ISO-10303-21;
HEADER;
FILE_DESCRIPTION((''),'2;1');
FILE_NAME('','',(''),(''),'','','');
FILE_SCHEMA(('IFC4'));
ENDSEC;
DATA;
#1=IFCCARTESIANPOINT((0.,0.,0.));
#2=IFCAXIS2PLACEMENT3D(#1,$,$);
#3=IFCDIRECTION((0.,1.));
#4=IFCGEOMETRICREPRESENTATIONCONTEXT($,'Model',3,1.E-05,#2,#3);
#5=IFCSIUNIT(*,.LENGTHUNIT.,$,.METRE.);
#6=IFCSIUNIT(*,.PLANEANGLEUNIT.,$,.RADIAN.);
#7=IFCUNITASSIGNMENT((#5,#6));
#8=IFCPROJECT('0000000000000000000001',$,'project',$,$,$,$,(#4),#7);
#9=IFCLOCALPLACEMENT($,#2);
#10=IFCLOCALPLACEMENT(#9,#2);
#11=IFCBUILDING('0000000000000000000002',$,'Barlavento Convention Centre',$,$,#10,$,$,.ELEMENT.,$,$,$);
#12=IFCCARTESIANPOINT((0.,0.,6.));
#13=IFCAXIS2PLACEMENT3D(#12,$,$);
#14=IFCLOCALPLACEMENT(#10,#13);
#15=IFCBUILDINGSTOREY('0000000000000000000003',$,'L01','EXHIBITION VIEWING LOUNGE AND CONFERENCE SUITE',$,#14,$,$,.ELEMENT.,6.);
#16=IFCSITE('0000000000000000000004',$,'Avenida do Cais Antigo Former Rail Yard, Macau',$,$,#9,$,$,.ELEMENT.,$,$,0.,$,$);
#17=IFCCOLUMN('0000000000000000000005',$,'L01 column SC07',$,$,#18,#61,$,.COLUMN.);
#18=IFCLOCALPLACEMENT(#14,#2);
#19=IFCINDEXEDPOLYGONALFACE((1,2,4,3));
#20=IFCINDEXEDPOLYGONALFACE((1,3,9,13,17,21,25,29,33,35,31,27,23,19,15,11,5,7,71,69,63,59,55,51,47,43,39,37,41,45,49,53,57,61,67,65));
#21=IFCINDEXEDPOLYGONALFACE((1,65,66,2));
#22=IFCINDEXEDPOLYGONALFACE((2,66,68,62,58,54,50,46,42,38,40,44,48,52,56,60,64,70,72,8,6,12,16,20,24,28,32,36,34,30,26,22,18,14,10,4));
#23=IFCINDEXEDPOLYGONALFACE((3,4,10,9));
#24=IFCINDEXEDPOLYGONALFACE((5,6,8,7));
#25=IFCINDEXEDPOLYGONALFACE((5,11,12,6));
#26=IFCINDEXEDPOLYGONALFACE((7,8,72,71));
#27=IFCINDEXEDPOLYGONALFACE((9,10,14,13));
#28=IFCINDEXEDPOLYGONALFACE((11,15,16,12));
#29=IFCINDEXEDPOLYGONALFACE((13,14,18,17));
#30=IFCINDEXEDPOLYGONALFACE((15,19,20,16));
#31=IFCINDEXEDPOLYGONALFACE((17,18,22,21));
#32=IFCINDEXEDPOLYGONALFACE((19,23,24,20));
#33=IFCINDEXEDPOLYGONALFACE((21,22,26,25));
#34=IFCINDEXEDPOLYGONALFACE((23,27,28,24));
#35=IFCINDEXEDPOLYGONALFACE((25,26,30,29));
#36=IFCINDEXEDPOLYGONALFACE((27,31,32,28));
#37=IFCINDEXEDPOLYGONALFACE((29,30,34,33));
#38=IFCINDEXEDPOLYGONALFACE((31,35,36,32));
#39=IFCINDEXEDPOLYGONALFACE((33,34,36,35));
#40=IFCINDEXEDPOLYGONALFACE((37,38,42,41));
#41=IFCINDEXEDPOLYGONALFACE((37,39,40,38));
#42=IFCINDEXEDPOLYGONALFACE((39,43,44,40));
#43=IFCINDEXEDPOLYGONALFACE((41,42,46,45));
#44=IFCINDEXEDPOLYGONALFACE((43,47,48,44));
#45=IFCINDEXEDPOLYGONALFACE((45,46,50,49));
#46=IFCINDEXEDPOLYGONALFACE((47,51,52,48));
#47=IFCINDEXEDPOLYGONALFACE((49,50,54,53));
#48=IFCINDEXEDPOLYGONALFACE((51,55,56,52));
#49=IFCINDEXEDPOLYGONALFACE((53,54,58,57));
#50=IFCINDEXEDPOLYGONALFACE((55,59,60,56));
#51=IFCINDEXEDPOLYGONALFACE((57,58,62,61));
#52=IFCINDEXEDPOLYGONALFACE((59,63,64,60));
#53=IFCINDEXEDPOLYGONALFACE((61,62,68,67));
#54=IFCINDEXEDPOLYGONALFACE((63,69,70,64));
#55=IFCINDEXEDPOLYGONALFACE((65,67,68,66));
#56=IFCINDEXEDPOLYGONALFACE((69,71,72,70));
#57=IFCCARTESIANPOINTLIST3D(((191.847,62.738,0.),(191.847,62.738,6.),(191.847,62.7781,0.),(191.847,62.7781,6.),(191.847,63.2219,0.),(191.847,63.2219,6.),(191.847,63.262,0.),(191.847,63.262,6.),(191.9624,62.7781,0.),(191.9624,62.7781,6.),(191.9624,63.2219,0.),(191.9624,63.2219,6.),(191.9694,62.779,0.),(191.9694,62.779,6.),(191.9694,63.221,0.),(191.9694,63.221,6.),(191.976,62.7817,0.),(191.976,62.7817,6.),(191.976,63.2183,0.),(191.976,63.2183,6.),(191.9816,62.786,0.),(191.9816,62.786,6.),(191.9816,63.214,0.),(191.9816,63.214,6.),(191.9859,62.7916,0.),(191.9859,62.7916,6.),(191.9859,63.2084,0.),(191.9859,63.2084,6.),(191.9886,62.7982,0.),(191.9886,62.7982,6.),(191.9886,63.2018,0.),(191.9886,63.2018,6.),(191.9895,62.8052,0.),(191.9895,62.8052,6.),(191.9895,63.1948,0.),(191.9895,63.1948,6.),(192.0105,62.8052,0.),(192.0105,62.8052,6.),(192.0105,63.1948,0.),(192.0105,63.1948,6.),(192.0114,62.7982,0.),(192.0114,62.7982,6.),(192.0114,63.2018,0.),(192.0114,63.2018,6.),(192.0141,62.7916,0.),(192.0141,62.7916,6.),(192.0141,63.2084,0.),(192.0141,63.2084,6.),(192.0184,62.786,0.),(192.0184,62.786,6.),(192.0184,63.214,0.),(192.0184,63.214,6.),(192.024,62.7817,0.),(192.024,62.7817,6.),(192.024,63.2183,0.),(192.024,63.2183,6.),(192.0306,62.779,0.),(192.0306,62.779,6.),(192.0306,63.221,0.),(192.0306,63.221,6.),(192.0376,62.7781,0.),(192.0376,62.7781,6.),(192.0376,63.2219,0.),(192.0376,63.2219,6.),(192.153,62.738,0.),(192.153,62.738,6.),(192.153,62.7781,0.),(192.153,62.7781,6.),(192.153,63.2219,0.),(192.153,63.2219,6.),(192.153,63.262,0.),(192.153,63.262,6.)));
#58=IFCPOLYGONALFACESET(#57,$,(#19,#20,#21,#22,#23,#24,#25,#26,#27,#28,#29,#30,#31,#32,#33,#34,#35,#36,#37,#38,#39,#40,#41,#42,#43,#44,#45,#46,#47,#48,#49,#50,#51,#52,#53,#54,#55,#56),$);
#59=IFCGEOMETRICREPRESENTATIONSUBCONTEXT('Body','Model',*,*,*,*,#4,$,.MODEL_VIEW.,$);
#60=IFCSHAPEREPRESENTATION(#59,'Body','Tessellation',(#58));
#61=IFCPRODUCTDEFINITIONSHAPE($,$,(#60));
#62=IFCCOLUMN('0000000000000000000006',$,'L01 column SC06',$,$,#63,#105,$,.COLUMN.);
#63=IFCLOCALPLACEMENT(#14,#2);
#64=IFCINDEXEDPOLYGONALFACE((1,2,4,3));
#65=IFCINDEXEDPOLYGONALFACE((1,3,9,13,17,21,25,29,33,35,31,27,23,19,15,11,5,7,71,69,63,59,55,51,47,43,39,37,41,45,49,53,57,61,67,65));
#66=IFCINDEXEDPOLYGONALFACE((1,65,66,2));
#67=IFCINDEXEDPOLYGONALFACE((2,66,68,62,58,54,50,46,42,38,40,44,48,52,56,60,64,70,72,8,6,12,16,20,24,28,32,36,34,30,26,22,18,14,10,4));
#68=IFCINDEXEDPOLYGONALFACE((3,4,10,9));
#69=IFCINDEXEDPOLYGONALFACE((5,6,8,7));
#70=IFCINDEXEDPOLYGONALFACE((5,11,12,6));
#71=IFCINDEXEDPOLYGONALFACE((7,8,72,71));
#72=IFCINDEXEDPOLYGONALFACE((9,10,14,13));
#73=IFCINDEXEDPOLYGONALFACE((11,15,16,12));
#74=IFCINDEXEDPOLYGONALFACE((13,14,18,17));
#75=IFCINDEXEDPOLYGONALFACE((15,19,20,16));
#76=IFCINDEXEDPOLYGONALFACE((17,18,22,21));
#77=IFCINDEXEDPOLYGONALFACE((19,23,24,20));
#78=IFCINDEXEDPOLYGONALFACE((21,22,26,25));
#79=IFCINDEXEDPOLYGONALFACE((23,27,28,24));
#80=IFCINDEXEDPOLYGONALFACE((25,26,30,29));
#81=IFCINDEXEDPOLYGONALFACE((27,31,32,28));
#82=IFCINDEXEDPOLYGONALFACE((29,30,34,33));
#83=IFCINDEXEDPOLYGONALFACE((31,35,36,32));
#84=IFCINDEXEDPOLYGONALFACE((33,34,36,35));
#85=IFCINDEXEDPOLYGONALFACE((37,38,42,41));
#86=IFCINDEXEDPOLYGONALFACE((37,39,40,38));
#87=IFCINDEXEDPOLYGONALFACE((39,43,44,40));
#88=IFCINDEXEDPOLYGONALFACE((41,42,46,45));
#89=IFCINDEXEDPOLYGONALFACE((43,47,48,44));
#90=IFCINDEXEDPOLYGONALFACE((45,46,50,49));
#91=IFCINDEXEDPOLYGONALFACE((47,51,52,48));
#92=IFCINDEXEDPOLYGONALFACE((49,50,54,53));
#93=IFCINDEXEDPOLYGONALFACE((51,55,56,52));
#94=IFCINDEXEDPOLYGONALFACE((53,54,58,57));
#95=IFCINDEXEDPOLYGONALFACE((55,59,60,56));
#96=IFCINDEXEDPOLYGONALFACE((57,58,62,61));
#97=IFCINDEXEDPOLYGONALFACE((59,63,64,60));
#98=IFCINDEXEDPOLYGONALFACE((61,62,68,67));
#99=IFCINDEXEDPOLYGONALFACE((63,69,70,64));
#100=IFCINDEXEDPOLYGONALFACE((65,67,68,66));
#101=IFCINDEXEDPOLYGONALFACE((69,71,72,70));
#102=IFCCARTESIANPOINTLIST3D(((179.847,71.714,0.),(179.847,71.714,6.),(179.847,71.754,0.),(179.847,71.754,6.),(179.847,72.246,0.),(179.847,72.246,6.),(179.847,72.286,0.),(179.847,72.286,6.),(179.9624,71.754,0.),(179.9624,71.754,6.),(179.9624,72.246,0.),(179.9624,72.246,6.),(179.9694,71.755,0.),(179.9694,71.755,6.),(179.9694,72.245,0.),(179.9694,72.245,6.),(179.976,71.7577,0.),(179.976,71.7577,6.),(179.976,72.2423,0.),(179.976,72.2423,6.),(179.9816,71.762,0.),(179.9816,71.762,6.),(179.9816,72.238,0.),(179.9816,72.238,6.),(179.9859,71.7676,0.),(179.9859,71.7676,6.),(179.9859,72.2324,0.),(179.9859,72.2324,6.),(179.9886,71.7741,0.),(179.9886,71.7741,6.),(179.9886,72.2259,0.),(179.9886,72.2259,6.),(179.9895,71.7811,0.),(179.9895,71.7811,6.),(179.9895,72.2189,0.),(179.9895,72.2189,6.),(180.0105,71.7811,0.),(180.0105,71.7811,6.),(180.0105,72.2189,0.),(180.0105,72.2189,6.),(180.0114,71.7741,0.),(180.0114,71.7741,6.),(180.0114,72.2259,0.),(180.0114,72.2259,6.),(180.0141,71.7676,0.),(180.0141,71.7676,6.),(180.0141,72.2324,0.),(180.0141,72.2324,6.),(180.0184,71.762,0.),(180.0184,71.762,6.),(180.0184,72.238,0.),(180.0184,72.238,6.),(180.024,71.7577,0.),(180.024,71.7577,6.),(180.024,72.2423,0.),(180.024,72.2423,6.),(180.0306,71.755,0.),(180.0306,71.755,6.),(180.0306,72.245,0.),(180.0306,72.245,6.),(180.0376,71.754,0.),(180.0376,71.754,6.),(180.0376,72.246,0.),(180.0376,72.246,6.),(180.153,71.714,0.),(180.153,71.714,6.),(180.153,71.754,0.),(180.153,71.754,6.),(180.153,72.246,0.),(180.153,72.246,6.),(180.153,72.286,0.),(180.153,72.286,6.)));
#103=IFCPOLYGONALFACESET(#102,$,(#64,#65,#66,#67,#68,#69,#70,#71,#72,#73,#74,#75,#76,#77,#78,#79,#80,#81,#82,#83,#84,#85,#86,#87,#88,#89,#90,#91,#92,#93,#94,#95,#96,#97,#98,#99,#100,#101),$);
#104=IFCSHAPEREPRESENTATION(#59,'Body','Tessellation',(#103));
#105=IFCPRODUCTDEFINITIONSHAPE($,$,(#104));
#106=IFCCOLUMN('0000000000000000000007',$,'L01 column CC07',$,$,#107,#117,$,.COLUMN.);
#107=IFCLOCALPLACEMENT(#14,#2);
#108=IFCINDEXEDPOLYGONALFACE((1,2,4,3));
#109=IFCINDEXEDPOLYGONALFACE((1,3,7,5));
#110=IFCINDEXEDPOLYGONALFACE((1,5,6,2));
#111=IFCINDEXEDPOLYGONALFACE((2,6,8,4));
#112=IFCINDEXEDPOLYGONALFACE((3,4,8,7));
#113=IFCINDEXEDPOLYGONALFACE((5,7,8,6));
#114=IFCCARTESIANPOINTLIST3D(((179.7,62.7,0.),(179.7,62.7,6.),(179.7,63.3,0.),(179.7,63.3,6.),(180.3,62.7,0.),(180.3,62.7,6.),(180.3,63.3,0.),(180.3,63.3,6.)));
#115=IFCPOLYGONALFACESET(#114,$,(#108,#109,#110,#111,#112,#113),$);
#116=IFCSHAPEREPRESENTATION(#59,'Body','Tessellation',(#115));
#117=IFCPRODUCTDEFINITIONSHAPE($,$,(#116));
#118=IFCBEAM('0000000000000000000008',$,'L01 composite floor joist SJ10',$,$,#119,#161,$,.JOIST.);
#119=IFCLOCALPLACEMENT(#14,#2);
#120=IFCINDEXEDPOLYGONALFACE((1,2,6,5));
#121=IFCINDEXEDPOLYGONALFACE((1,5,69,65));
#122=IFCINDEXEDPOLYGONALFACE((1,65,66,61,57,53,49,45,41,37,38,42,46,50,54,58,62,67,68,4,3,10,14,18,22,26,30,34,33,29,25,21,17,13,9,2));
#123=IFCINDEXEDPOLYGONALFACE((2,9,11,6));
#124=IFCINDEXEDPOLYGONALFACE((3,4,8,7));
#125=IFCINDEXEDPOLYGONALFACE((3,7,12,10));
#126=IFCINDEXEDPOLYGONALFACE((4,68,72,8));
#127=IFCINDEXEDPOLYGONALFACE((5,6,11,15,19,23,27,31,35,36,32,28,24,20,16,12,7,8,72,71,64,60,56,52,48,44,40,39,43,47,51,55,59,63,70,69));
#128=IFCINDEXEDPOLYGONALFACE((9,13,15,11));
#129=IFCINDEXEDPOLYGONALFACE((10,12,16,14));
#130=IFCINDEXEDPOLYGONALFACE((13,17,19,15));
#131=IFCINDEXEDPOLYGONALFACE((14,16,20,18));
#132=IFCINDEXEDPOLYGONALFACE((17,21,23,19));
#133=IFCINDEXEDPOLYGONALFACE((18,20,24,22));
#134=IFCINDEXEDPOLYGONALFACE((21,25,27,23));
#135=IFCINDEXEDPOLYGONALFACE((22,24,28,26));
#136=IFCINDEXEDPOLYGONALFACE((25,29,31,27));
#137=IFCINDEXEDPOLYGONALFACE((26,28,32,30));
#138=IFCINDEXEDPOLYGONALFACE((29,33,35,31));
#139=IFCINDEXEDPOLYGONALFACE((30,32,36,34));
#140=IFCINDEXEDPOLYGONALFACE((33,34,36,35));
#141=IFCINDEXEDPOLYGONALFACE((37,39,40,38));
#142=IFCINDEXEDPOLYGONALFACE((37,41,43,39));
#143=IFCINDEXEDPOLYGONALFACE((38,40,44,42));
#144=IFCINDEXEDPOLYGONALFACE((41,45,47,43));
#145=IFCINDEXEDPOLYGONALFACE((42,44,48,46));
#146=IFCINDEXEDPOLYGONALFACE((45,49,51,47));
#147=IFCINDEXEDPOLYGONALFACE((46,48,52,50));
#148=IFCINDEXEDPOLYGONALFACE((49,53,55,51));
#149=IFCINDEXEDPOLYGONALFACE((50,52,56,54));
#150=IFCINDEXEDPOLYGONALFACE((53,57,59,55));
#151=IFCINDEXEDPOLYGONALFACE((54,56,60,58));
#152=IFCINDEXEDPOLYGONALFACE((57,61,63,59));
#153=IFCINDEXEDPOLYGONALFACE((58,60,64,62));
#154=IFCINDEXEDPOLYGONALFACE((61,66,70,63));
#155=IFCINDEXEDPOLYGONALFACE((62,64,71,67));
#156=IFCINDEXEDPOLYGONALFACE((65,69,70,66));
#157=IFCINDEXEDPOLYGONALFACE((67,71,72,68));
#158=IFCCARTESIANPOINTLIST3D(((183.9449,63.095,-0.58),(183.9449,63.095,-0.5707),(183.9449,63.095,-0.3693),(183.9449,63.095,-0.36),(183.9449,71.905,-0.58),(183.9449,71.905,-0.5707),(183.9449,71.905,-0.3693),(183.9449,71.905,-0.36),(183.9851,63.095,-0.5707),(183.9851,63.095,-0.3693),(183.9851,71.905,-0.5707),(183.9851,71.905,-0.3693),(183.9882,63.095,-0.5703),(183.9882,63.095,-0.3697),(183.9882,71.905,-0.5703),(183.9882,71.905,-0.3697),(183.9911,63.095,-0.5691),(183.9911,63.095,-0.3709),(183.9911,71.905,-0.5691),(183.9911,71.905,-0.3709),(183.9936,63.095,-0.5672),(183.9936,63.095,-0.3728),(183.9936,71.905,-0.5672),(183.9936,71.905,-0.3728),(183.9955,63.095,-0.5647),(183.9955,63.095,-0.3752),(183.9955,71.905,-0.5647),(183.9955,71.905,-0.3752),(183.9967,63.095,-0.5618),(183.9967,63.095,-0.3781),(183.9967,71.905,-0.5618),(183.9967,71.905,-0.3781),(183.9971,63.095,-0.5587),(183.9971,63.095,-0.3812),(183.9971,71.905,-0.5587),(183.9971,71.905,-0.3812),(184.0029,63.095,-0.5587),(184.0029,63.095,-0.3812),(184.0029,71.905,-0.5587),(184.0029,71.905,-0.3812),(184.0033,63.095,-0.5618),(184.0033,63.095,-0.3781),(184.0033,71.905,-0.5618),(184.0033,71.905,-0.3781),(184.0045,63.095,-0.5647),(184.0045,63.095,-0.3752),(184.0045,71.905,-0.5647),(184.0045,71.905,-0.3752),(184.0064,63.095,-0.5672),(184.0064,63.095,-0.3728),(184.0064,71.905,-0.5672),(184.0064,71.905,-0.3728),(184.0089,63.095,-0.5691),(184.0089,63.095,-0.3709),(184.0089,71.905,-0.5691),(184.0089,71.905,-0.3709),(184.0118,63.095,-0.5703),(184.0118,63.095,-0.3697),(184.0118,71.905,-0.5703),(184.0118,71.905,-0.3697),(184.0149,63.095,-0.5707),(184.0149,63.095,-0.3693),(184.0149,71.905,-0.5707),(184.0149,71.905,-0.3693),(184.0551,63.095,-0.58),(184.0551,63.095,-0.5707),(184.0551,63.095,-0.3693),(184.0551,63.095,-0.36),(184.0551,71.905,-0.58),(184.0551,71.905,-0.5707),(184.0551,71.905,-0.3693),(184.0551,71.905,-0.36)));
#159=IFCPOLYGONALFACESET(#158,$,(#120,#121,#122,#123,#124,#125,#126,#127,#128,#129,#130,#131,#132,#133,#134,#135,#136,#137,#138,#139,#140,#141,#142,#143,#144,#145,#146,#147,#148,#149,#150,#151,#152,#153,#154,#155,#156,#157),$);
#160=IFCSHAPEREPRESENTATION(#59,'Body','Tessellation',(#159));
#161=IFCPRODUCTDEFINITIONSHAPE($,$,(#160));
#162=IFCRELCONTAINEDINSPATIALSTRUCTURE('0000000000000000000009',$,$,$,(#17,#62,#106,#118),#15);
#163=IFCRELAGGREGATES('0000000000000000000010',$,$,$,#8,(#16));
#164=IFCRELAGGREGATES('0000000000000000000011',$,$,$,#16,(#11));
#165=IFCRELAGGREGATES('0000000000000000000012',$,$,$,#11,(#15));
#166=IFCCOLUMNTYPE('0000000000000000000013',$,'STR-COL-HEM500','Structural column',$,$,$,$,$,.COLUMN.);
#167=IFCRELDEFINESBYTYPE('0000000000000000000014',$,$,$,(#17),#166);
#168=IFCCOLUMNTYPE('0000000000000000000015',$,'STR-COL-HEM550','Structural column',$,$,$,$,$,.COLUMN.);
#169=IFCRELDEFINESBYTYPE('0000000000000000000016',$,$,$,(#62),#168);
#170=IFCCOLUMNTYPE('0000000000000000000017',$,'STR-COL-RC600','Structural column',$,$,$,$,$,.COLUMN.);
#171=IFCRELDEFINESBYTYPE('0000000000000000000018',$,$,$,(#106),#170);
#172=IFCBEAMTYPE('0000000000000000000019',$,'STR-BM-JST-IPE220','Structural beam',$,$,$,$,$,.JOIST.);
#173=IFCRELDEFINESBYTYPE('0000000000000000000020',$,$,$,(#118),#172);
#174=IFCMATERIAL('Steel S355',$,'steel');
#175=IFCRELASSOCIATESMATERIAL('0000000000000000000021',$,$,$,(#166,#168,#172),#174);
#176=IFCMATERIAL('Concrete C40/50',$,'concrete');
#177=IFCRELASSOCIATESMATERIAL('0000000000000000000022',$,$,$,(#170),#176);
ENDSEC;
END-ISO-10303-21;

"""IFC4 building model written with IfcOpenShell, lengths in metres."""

from ifc_helpers import new_model, si_unit, direction, frame, origin, origin_2d, place, context, subcontext, project, spatial, rectangle, i_section, extrude, material, material_profile, profile_set, type_object, element, save


model = new_model("IFC4")

# Units and contexts
model_context = context("Model", 3, precision=1e-05, world=origin(), true_north=direction((0.0, 1.0)))
body_context = subcontext(model_context, "Body", "Model", "MODEL_VIEW")
ifc_project = project(units=[si_unit("LENGTHUNIT", "METRE"), si_unit("PLANEANGLEUNIT", "RADIAN")], contexts=[model_context])

# Site, building, storey
site_placement = place(None, origin())
site = spatial("IfcSite", under=ifc_project, at=site_placement, Name="Avenida do Cais Antigo Former Rail Yard, Macau", CompositionType="ELEMENT", RefElevation=0.0)
building_placement = place(site_placement, origin())
building = spatial("IfcBuilding", under=site, at=building_placement, Name="Barlavento Convention Centre", CompositionType="ELEMENT")
storey_placement = place(building_placement, frame((0.0, 0.0, 6.0)))
storey = spatial("IfcBuildingStorey", under=building, at=storey_placement, Name="L01", Description="EXHIBITION VIEWING LOUNGE AND CONFERENCE SUITE", CompositionType="ELEMENT", Elevation=6.0)

# Columns
ifc_material_1 = material(Name="Steel S355", Category="steel")
ifc_material_profile_1 = material_profile(ifc_material_1, i_section(OverallWidth=0.3059, OverallDepth=0.5239, WebThickness=0.021, FlangeThickness=0.04, FilletRadius=0.0271, at=origin_2d()), Name="HEM 500")
ifc_profile_set_1 = profile_set([ifc_material_profile_1], Name="Steel S355")
column_type_1 = type_object("IfcColumnType", Name="STR-COL-HEM500", Description="Structural column", PredefinedType="COLUMN", material=ifc_profile_set_1)
column_1_placement = place(storey_placement, frame((192.0, 63.0, 0.0), z_axis=(0.0, 0.0, 1.0), x_axis=(1.0, 0.0, 0.0)))
element("IfcColumn", 1, at=column_1_placement, inside=storey, type_object=column_type_1, Name="L01 column SC07", PredefinedType="COLUMN", context=body_context, shape_type="SweptSolid", body=[
    extrude(i_section(OverallWidth=0.3059, OverallDepth=0.5239, WebThickness=0.021, FlangeThickness=0.04, FilletRadius=0.0271, at=origin_2d()), origin(), (0.0, 0.0, 1.0), 6.0),
])
ifc_material_profile_2 = material_profile(ifc_material_1, i_section(OverallWidth=0.3059, OverallDepth=0.572, WebThickness=0.021, FlangeThickness=0.04, FilletRadius=0.0271, at=origin_2d()), Name="HEM 550")
ifc_profile_set_2 = profile_set([ifc_material_profile_2], Name="Steel S355")
column_type_2 = type_object("IfcColumnType", Name="STR-COL-HEM550", Description="Structural column", PredefinedType="COLUMN", material=ifc_profile_set_2)
column_2_placement = place(storey_placement, frame((180.0, 72.0, 0.0), z_axis=(0.0, 0.0, 1.0), x_axis=(1.0, 0.0, 0.0)))
element("IfcColumn", 2, at=column_2_placement, inside=storey, type_object=column_type_2, Name="L01 column SC06", PredefinedType="COLUMN", context=body_context, shape_type="SweptSolid", body=[
    extrude(i_section(OverallWidth=0.3059, OverallDepth=0.572, WebThickness=0.021, FlangeThickness=0.04, FilletRadius=0.0271, at=origin_2d()), origin(), (0.0, 0.0, 1.0), 6.0),
])
ifc_material_2 = material(Name="Concrete C40/50", Category="concrete")
ifc_material_profile_3 = material_profile(ifc_material_2, rectangle(XDim=0.6001, YDim=0.6001, at=origin_2d()), Name="RC 600x600")
ifc_profile_set_3 = profile_set([ifc_material_profile_3], Name="Concrete C40/50")
column_type_3 = type_object("IfcColumnType", Name="STR-COL-RC600", Description="Structural column", PredefinedType="COLUMN", material=ifc_profile_set_3)
column_3_placement = place(storey_placement, frame((180.0, 63.0, 0.0), z_axis=(0.0, 0.0, 1.0), x_axis=(1.0, 0.0, 0.0)))
element("IfcColumn", 3, at=column_3_placement, inside=storey, type_object=column_type_3, Name="L01 column CC07", PredefinedType="COLUMN", context=body_context, shape_type="SweptSolid", body=[
    extrude(rectangle(XDim=0.6001, YDim=0.6001, at=origin_2d()), origin(), (0.0, 0.0, 1.0), 6.0),
])

# Beam
ifc_material_profile_4 = material_profile(ifc_material_1, i_section(OverallWidth=0.1101, OverallDepth=0.22, WebThickness=0.0059, FlangeThickness=0.0093, FilletRadius=0.012, at=origin_2d()), Name="IPE 220")
ifc_profile_set_4 = profile_set([ifc_material_profile_4], Name="Steel S355")
beam_type_1 = type_object("IfcBeamType", Name="STR-BM-JST-IPE220", Description="Structural beam", PredefinedType="JOIST", material=ifc_profile_set_4)
beam_1_placement = place(storey_placement, frame((184.0, 63.095, -0.47), z_axis=(0.0, 1.0, 0.0), x_axis=(-1.0, 0.0, 0.0)))
element("IfcBeam", 4, at=beam_1_placement, inside=storey, type_object=beam_type_1, Name="L01 composite floor joist SJ10", PredefinedType="JOIST", context=body_context, shape_type="SweptSolid", body=[
    extrude(i_section(OverallWidth=0.1101, OverallDepth=0.22, WebThickness=0.0059, FlangeThickness=0.0093, FilletRadius=0.012, at=origin_2d()), origin(), (0.0, 0.0, 1.0), 8.8101),
])

save(model, "model.ifc")
